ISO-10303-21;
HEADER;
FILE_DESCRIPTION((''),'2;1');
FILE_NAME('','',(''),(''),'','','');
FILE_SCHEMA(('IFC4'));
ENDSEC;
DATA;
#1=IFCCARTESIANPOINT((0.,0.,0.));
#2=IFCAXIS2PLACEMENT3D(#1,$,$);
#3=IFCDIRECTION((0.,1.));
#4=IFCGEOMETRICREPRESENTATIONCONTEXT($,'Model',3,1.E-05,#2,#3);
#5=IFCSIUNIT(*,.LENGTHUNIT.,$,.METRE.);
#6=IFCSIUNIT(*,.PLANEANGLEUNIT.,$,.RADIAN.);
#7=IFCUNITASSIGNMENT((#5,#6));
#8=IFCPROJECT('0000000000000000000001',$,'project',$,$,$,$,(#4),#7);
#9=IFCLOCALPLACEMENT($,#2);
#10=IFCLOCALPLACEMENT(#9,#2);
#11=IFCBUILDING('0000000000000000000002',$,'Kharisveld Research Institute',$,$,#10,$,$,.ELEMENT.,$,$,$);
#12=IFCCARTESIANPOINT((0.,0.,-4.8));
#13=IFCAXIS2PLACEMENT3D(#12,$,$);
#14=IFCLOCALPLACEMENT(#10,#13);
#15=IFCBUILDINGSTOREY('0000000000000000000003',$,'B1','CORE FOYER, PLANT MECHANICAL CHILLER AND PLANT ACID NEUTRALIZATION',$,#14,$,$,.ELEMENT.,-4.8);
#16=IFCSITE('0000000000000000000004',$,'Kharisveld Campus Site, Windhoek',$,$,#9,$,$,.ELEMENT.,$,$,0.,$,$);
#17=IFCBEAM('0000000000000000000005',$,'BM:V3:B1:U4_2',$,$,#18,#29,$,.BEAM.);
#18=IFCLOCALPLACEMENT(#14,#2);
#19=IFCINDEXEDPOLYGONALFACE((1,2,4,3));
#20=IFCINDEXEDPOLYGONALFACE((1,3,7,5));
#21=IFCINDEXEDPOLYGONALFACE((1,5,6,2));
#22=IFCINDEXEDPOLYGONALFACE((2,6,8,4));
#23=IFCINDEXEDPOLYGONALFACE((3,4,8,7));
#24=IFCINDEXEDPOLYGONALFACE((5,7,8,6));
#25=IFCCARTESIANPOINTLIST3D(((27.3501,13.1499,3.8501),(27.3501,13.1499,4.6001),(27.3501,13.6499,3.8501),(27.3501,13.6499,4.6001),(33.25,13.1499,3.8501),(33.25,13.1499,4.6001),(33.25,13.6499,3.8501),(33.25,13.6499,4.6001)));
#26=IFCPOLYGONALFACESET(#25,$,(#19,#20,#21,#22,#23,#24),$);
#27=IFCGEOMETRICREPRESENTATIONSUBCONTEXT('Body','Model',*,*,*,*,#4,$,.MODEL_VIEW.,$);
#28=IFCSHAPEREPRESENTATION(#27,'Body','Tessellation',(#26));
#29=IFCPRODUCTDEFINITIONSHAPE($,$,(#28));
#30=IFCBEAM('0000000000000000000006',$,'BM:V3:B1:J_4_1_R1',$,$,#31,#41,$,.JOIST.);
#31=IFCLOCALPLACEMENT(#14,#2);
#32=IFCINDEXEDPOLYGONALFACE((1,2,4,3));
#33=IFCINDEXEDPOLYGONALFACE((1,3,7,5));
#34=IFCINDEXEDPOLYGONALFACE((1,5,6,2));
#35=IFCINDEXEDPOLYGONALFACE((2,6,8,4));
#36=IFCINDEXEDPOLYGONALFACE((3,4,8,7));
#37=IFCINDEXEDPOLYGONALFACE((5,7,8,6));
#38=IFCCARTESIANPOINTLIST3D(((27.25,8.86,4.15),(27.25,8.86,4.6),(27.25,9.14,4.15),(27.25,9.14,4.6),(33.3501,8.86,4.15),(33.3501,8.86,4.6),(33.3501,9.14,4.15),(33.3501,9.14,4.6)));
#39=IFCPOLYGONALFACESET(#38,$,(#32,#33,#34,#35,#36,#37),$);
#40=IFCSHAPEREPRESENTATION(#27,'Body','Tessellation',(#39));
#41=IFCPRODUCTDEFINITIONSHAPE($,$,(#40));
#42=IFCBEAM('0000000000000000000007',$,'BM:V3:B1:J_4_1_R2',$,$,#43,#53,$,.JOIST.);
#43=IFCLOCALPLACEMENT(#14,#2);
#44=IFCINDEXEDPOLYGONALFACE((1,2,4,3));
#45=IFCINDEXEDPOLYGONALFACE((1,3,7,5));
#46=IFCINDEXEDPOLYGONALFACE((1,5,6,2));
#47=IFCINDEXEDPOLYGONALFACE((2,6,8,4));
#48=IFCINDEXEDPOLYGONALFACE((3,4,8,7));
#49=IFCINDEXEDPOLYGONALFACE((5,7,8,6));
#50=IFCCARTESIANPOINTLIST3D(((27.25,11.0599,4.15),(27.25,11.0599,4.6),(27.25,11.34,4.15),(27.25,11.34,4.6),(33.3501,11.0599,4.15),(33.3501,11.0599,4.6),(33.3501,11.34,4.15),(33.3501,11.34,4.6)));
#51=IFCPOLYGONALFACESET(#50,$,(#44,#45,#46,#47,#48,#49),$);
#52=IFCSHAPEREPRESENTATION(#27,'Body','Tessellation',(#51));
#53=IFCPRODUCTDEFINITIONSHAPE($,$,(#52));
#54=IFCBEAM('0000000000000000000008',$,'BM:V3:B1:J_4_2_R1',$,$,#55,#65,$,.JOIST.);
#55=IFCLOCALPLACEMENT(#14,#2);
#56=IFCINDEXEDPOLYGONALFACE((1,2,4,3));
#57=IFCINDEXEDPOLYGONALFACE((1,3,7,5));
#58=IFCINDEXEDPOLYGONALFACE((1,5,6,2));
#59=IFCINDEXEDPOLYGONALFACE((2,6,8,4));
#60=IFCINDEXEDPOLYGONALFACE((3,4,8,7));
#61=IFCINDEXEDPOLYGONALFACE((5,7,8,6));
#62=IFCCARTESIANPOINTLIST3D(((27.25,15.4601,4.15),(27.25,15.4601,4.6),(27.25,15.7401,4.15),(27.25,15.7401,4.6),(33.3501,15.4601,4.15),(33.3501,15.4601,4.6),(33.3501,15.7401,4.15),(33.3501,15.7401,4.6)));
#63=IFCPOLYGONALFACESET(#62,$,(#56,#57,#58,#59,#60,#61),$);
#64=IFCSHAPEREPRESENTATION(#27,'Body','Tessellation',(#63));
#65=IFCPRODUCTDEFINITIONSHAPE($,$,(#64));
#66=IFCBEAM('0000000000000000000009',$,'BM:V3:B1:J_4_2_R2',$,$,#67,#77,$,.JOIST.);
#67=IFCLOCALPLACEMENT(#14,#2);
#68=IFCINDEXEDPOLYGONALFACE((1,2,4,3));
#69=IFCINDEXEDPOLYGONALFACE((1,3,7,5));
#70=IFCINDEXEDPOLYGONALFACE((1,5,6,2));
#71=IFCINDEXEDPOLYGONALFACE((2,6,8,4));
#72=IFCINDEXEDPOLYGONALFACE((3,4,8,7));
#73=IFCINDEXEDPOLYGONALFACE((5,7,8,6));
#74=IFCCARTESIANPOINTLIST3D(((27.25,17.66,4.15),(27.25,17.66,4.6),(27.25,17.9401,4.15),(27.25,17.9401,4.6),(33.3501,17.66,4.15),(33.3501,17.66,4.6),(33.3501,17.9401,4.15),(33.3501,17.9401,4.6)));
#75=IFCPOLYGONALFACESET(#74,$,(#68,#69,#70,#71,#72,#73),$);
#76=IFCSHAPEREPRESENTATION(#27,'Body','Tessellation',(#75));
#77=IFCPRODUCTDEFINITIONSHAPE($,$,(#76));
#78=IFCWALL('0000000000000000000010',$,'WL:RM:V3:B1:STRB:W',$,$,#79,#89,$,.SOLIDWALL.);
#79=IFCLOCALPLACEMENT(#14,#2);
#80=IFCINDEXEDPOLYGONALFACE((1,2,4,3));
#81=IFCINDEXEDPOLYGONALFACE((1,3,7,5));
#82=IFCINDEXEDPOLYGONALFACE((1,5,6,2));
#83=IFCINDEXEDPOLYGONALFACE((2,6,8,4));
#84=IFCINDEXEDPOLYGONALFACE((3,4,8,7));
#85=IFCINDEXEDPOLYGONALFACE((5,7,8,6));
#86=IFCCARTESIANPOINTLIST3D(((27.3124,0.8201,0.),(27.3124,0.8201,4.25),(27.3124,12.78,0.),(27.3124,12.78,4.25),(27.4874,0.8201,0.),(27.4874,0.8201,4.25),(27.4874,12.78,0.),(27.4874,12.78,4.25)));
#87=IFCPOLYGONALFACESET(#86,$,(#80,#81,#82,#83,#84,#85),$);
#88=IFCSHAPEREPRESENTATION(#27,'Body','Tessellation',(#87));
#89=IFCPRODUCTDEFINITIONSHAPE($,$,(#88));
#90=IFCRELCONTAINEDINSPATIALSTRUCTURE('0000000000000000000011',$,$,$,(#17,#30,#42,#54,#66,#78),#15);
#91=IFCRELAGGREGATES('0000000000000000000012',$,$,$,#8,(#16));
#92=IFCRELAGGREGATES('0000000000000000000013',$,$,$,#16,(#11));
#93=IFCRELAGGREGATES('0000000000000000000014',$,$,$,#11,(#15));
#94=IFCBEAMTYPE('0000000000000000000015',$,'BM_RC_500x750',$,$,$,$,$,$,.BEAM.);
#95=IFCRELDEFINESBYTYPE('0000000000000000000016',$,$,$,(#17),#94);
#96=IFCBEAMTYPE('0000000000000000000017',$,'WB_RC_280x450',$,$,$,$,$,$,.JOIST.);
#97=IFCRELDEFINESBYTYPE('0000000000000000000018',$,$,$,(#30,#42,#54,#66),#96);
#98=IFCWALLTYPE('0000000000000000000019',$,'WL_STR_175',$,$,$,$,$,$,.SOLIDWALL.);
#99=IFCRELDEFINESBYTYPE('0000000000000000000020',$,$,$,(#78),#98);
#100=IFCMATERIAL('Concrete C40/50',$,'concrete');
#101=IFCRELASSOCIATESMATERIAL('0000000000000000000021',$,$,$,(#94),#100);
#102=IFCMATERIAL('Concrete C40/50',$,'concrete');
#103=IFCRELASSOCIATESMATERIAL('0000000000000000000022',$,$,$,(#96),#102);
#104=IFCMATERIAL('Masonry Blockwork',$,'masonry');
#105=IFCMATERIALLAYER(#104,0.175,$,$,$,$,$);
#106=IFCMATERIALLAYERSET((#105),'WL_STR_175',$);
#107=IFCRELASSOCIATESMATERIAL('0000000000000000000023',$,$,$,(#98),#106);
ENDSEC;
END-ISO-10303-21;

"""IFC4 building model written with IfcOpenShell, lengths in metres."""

from ifc_helpers import new_model, si_unit, direction, frame, frame_2d, origin, origin_2d, place, context, subcontext, project, spatial, rectangle, extrude, material, layer, layer_set, material_profile, profile_set, type_object, element, save


model = new_model("IFC4")

# Units and contexts
model_context = context("Model", 3, precision=1e-05, world=origin(), true_north=direction((0.0, 1.0)))
body_context = subcontext(model_context, "Body", "Model", "MODEL_VIEW")
ifc_project = project(units=[si_unit("LENGTHUNIT", "METRE"), si_unit("PLANEANGLEUNIT", "RADIAN")], contexts=[model_context])

# Site, building, storey
site_placement = place(None, origin())
site = spatial("IfcSite", under=ifc_project, at=site_placement, Name="Kharisveld Campus Site, Windhoek", CompositionType="ELEMENT", RefElevation=0.0)
building_placement = place(site_placement, origin())
building = spatial("IfcBuilding", under=site, at=building_placement, Name="Kharisveld Research Institute", CompositionType="ELEMENT")
storey_placement = place(building_placement, frame((0.0, 0.0, -4.8)))
storey = spatial("IfcBuildingStorey", under=building, at=storey_placement, Name="B1", Description="CORE FOYER, PLANT MECHANICAL CHILLER AND PLANT ACID NEUTRALIZATION", CompositionType="ELEMENT", Elevation=-4.8)

# Beams
ifc_material_1 = material(Name="Concrete C40/50", Category="concrete")
ifc_material_profile_1 = material_profile(ifc_material_1, rectangle(XDim=0.5, YDim=0.75, at=origin_2d()))
ifc_profile_set_1 = profile_set([ifc_material_profile_1], Name="Concrete C40/50")
beam_type_1 = type_object("IfcBeamType", Name="BM_RC_500x750", PredefinedType="BEAM", material=ifc_profile_set_1)
for number, where, z_axis, x_axis, name in (
    (1, (27.3501, 13.3999, 4.2251), (1.0, 0.0, 0.0), (0.0, 1.0, 0.0), "BM:V3:B1:U4_2"),
):
    element("IfcBeam", number, at=place(storey_placement, frame(where, z_axis=z_axis, x_axis=x_axis)), inside=storey, type_object=beam_type_1, Name=name, PredefinedType="BEAM", context=body_context, shape_type="SweptSolid", body=[
        extrude(rectangle(XDim=0.5, YDim=0.75, at=origin_2d()), origin(), (0.0, 0.0, 1.0), 5.8999),
    ])
ifc_material_2 = material(Name="Concrete C40/50", Category="concrete")
ifc_material_profile_2 = material_profile(ifc_material_2, rectangle(XDim=0.28, YDim=0.45, at=origin_2d()))
ifc_profile_set_2 = profile_set([ifc_material_profile_2], Name="Concrete C40/50")
beam_type_2 = type_object("IfcBeamType", Name="WB_RC_280x450", PredefinedType="JOIST", material=ifc_profile_set_2)
for number, where, z_axis, x_axis, name in (
    (2, (27.25, 9.0, 4.375), (1.0, 0.0, 0.0), (0.0, 1.0, 0.0), "BM:V3:B1:J_4_1_R1"),
    (3, (27.25, 11.2, 4.375), (1.0, 0.0, 0.0), (0.0, 1.0, 0.0), "BM:V3:B1:J_4_1_R2"),
    (4, (27.25, 15.6001, 4.375), (1.0, 0.0, 0.0), (0.0, 1.0, 0.0), "BM:V3:B1:J_4_2_R1"),
    (5, (27.25, 17.8, 4.375), (1.0, 0.0, 0.0), (0.0, 1.0, 0.0), "BM:V3:B1:J_4_2_R2"),
):
    element("IfcBeam", number, at=place(storey_placement, frame(where, z_axis=z_axis, x_axis=x_axis)), inside=storey, type_object=beam_type_2, Name=name, PredefinedType="JOIST", context=body_context, shape_type="SweptSolid", body=[
        extrude(rectangle(XDim=0.28, YDim=0.45, at=origin_2d()), origin(), (0.0, 0.0, 1.0), 6.1001),
    ])

# Wall
ifc_material_3 = material(Name="Masonry Blockwork", Category="masonry")
ifc_layer = layer(ifc_material_3, 0.175)
ifc_layer_set = layer_set([ifc_layer], Name="WL_STR_175")
wall_type = type_object("IfcWallType", Name="WL_STR_175", PredefinedType="SOLIDWALL", material=ifc_layer_set)
wall_placement = place(storey_placement, frame((27.3999, 12.78, 0.0), z_axis=(0.0, 0.0, 1.0), x_axis=(0.0, -1.0, 0.0)))
element("IfcWall", 6, at=wall_placement, inside=storey, type_object=wall_type, Name="WL:RM:V3:B1:STRB:W", PredefinedType="SOLIDWALL", context=body_context, shape_type="SweptSolid", body=[
    extrude(rectangle(XDim=11.96, YDim=0.175, at=frame_2d((5.98, 0.0))), origin(), (0.0, 0.0, 1.0), 4.25),
])

save(model, "model.ifc")
